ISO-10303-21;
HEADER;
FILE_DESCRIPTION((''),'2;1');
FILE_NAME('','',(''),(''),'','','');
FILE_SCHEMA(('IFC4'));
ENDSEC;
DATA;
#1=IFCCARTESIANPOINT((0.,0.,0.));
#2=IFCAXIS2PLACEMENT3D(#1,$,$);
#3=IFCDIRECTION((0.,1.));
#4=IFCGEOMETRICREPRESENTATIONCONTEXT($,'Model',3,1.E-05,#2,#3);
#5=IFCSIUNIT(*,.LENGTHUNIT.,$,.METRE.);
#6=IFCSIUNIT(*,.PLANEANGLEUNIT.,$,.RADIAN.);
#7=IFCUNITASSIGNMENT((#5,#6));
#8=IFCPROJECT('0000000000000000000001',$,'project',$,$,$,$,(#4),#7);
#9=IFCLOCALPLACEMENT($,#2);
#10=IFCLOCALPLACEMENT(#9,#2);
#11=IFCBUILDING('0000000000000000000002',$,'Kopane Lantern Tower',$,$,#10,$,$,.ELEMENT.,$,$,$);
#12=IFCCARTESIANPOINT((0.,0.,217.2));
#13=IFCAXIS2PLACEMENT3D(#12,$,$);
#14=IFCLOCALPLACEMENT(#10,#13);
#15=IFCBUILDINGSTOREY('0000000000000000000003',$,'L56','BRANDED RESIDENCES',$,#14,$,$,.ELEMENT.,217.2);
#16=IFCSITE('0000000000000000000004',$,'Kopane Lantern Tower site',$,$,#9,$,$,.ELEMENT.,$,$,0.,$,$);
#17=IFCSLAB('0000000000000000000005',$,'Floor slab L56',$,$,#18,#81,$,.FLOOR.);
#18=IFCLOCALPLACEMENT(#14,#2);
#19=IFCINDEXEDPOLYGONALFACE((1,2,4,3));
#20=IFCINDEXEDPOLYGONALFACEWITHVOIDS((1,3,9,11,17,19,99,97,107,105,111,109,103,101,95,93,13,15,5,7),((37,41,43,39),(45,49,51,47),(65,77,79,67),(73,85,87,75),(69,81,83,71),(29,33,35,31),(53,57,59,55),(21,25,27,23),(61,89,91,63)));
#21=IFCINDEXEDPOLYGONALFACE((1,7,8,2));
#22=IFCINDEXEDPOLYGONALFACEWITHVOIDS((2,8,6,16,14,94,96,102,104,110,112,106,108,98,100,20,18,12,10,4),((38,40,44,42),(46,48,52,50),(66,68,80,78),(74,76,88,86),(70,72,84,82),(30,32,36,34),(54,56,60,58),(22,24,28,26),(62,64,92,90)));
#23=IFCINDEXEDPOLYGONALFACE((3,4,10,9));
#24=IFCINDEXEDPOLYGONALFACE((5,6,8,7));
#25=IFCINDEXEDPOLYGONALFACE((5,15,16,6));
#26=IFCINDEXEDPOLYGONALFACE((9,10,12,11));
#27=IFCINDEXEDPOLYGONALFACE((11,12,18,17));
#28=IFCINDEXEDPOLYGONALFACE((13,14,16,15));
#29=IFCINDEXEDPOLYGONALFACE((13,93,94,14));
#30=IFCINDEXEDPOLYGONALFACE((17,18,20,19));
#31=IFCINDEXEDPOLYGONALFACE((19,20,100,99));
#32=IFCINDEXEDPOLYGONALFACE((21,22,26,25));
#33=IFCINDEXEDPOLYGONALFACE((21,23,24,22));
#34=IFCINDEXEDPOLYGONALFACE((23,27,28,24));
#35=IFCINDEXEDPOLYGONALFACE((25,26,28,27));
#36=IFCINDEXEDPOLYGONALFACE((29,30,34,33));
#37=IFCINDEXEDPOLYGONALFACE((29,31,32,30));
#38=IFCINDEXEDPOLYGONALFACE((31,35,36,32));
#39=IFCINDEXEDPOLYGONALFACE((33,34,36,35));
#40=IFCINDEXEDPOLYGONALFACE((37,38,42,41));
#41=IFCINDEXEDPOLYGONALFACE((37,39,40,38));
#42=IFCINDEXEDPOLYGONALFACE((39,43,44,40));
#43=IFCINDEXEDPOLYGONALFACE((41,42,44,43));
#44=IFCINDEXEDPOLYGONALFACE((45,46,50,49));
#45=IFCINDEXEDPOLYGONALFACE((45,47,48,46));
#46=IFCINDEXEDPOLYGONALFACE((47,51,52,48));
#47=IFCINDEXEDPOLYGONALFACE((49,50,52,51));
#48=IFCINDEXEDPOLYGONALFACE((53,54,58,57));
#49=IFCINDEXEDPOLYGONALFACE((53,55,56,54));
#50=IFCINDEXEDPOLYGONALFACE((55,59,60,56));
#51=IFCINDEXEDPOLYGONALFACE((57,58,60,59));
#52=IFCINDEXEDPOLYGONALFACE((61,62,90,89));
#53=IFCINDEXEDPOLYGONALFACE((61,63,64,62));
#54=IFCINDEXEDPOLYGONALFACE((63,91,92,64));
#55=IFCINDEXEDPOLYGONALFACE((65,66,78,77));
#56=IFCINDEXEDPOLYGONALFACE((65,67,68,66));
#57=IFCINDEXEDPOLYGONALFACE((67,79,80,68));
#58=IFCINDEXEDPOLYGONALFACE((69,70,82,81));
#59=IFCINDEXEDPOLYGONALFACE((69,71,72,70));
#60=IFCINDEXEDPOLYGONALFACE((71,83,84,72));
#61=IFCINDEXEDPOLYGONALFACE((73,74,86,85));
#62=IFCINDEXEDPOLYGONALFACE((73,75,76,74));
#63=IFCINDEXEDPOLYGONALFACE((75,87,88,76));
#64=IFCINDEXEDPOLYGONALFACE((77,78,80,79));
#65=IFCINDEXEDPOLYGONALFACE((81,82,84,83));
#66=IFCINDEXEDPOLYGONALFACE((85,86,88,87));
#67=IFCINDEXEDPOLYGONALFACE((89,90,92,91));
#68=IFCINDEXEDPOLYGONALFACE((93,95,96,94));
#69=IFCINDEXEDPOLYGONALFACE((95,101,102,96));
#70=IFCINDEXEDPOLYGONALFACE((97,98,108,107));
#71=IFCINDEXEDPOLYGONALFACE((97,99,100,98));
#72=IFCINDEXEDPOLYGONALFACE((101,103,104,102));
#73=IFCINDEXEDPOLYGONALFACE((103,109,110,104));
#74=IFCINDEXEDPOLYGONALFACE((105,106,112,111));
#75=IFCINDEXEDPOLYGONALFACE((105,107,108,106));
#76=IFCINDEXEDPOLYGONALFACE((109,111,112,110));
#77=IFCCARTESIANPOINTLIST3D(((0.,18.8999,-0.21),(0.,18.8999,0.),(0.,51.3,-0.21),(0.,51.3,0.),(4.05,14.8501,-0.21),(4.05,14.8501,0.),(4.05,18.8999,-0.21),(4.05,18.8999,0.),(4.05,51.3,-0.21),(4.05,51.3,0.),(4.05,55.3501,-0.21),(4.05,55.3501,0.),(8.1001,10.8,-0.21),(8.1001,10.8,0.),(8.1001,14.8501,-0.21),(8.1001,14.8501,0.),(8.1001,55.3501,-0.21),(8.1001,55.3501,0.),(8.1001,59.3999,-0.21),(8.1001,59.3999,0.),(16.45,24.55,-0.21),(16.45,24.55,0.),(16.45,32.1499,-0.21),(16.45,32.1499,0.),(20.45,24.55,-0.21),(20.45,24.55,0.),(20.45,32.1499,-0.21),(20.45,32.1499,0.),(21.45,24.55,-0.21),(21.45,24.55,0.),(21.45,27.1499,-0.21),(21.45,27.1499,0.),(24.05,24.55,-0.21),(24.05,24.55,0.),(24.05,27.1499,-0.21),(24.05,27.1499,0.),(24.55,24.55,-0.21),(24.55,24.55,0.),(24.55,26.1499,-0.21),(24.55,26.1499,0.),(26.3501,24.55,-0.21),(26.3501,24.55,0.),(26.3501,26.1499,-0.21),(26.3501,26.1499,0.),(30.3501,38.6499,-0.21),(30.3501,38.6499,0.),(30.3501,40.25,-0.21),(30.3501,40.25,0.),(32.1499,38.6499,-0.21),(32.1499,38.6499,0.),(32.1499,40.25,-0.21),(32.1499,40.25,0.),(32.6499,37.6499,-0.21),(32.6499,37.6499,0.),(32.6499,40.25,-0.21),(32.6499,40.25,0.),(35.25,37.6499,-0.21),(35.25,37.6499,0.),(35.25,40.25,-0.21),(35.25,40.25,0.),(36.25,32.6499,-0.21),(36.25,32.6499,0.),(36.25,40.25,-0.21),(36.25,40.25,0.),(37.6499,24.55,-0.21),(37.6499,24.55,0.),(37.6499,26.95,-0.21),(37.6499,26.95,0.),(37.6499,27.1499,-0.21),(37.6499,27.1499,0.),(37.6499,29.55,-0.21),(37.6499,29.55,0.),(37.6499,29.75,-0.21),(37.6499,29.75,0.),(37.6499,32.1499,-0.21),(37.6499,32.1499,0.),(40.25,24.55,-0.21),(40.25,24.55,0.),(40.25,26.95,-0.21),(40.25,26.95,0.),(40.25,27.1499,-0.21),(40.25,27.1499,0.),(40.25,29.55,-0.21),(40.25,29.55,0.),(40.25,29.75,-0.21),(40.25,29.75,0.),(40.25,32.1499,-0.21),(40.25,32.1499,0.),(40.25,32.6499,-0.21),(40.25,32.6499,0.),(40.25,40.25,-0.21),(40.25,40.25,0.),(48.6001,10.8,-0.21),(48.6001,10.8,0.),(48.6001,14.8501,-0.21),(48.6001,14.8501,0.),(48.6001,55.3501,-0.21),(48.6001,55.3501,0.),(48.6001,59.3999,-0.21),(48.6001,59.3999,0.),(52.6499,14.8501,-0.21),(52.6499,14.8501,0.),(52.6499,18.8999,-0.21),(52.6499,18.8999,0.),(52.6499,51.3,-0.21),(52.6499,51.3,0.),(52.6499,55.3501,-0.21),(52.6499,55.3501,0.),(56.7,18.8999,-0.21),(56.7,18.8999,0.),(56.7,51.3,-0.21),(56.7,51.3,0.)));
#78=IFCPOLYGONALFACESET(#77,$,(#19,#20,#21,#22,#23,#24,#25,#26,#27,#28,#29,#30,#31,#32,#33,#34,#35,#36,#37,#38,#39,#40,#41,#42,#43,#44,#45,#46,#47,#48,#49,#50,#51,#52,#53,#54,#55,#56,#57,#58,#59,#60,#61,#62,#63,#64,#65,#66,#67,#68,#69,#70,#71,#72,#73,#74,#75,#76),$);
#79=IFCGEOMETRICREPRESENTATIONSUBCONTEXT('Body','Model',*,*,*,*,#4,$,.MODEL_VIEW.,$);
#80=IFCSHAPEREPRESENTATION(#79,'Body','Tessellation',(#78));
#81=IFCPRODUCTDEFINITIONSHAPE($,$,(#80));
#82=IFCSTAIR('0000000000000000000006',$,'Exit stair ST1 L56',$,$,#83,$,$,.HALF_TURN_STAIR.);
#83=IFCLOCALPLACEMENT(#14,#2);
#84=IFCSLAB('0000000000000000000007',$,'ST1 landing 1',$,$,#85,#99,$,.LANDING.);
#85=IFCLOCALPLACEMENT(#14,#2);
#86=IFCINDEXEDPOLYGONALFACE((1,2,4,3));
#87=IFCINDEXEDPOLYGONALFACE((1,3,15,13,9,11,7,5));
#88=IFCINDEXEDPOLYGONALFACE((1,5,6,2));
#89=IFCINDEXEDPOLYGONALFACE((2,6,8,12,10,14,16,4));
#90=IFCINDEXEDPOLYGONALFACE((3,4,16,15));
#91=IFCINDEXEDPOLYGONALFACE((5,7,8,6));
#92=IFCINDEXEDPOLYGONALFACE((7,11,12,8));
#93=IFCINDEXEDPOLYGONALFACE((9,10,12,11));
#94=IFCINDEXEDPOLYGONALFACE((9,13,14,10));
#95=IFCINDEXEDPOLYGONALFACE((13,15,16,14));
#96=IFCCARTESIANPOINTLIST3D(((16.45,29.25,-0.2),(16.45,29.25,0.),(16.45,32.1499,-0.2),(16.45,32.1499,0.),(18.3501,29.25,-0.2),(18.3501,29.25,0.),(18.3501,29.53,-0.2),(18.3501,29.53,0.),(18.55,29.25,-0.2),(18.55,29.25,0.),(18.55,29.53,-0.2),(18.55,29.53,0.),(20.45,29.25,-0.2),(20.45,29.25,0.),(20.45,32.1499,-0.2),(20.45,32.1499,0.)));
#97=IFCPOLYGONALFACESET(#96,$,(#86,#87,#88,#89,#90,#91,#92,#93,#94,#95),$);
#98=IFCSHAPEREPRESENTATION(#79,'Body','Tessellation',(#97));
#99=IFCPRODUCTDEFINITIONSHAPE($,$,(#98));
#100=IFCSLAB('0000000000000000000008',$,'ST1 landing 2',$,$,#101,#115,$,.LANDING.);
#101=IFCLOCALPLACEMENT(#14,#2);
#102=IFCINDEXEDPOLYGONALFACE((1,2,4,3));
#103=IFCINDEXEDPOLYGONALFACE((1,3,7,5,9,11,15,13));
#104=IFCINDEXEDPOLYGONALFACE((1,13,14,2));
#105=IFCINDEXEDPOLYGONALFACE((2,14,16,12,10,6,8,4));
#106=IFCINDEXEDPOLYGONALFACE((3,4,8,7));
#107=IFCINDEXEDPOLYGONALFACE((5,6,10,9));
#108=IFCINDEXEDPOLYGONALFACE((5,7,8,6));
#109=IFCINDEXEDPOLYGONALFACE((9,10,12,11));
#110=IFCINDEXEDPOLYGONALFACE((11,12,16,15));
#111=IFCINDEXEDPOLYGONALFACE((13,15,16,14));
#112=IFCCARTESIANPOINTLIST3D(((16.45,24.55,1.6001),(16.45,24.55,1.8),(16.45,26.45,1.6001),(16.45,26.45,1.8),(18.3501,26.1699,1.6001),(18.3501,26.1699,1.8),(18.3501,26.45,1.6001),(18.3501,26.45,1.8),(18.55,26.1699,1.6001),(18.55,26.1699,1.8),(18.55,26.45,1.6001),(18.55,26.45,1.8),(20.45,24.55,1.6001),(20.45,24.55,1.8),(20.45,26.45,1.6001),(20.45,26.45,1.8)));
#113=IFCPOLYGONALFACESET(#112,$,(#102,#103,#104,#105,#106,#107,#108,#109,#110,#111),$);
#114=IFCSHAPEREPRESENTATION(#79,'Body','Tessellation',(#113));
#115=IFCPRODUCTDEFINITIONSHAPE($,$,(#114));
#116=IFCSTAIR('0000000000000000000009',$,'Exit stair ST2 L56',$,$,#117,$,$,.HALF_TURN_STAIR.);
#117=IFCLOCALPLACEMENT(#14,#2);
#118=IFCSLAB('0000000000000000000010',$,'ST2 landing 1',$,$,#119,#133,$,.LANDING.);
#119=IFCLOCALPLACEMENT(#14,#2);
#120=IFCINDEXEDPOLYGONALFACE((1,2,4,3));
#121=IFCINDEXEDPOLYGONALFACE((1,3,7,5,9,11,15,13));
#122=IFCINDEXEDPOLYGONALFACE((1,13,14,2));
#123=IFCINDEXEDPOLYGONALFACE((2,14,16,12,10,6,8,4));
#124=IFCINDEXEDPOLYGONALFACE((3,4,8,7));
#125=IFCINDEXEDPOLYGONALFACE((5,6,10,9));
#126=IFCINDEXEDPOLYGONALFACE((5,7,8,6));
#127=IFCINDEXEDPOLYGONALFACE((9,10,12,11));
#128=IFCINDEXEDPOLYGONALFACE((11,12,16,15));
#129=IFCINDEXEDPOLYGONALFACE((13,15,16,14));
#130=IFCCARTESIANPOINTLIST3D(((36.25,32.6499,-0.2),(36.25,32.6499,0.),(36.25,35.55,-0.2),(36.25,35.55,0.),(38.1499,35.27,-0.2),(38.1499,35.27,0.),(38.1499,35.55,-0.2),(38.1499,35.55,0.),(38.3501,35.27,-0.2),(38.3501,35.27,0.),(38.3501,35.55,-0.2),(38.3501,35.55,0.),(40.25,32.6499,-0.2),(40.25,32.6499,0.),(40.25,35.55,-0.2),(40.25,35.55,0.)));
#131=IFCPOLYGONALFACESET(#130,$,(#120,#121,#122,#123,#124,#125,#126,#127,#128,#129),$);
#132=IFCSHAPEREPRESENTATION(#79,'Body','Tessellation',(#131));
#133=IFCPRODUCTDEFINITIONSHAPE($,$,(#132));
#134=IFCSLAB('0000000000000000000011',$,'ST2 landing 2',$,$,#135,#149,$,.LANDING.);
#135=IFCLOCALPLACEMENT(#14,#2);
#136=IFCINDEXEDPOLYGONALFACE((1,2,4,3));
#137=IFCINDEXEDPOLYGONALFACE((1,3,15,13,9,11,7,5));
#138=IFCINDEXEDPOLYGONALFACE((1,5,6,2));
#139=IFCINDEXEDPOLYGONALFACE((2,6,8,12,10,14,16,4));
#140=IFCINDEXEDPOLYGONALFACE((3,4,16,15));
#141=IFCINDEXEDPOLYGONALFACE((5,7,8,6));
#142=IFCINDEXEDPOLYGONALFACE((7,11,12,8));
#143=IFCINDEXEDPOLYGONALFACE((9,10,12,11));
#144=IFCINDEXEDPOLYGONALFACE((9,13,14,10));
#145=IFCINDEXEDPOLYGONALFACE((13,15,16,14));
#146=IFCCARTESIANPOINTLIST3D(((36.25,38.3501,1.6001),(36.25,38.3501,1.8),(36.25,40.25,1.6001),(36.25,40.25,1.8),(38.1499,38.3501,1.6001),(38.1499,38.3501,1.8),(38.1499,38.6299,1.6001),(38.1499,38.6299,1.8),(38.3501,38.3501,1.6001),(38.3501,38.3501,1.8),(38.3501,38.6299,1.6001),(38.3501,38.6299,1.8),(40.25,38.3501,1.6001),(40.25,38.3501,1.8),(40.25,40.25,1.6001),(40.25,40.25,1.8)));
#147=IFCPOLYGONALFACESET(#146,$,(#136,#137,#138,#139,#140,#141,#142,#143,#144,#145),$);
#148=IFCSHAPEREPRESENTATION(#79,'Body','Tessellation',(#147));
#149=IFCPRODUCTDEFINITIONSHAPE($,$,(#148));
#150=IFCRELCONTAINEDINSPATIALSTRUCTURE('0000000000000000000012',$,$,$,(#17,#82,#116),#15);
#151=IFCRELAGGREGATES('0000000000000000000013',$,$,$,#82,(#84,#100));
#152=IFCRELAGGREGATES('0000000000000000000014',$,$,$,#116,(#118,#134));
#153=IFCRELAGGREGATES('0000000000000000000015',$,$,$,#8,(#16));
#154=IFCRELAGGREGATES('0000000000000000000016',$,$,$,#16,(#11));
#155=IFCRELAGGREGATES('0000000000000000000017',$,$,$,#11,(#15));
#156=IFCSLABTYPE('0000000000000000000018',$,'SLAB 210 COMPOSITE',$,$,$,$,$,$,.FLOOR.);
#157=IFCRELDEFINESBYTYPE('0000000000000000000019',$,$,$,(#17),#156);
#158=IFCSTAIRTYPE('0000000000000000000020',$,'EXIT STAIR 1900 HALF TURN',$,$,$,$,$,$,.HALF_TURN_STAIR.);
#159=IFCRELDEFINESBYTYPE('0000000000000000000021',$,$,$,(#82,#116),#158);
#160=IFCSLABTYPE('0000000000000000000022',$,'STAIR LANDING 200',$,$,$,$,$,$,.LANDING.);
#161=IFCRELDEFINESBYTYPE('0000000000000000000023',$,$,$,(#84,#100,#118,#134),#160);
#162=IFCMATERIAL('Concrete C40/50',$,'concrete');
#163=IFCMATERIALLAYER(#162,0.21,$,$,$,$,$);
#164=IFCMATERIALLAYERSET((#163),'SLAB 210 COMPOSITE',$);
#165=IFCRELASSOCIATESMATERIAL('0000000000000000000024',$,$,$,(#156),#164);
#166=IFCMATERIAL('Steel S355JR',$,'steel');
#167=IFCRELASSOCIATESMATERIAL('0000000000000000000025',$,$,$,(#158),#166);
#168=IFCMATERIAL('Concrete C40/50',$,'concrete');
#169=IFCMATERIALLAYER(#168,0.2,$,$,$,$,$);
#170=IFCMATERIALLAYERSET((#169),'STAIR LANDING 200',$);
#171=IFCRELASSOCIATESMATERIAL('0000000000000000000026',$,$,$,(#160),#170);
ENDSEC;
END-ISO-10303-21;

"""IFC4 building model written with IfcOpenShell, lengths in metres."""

from ifc_helpers import new_model, si_unit, direction, frame, origin, place, context, subcontext, project, spatial, polyline, outline, extrude, material, layer, layer_set, type_object, element, aggregate, save


model = new_model("IFC4")

# Units and contexts
model_context = context("Model", 3, precision=1e-05, world=origin(), true_north=direction((0.0, 1.0)))
body_context = subcontext(model_context, "Body", "Model", "MODEL_VIEW")
ifc_project = project(units=[si_unit("LENGTHUNIT", "METRE"), si_unit("PLANEANGLEUNIT", "RADIAN")], contexts=[model_context])

# Site, building, storey
site_placement = place(None, origin())
site = spatial("IfcSite", under=ifc_project, at=site_placement, Name="Kopane Lantern Tower site", CompositionType="ELEMENT", RefElevation=0.0)
building_placement = place(site_placement, origin())
building = spatial("IfcBuilding", under=site, at=building_placement, Name="Kopane Lantern Tower", CompositionType="ELEMENT")
storey_placement = place(building_placement, frame((0.0, 0.0, 217.2)))
storey = spatial("IfcBuildingStorey", under=building, at=storey_placement, Name="L56", Description="BRANDED RESIDENCES", CompositionType="ELEMENT", Elevation=217.2)

# Slab
ifc_material_1 = material(Name="Concrete C40/50", Category="concrete")
ifc_layer_1 = layer(ifc_material_1, 0.21)
ifc_layer_set_1 = layer_set([ifc_layer_1], Name="SLAB 210 COMPOSITE")
slab_type_1 = type_object("IfcSlabType", Name="SLAB 210 COMPOSITE", PredefinedType="FLOOR", material=ifc_layer_set_1)
slab_1_placement = place(storey_placement, frame((0.0, 0.0, -0.21)))
element("IfcSlab", 1, at=slab_1_placement, inside=storey, type_object=slab_type_1, Name="Floor slab L56", PredefinedType="FLOOR", context=body_context, shape_type="SweptSolid", body=[
    extrude(outline(polyline([(8.1001, 10.8), (48.6001, 10.8), (48.6001, 14.8501), (52.6499, 14.8501), (52.6499, 18.8999), (56.7, 18.8999), (56.7, 51.3), (52.6499, 51.3), (52.6499, 55.3501), (48.6001, 55.3501), (48.6001, 59.3999), (8.1001, 59.3999), (8.1001, 55.3501), (4.05, 55.3501), (4.05, 51.3), (0.0, 51.3), (0.0, 18.8999), (4.05, 18.8999), (4.05, 14.8501), (8.1001, 14.8501), (8.1001, 10.8)]), holes=[polyline([(16.45, 24.55), (20.45, 24.55), (20.45, 32.1499), (16.45, 32.1499), (16.45, 24.55)]), polyline([(36.25, 32.6499), (40.25, 32.6499), (40.25, 40.25), (36.25, 40.25), (36.25, 32.6499)]), polyline([(37.6499, 24.55), (40.25, 24.55), (40.25, 26.95), (37.6499, 26.95), (37.6499, 24.55)]), polyline([(37.6499, 27.1499), (40.25, 27.1499), (40.25, 29.55), (37.6499, 29.55), (37.6499, 27.1499)]), polyline([(37.6499, 29.75), (40.25, 29.75), (40.25, 32.1499), (37.6499, 32.1499), (37.6499, 29.75)]), polyline([(21.45, 24.55), (24.05, 24.55), (24.05, 27.1499), (21.45, 27.1499), (21.45, 24.55)]), polyline([(32.6499, 37.6499), (35.25, 37.6499), (35.25, 40.25), (32.6499, 40.25), (32.6499, 37.6499)]), polyline([(24.55, 24.55), (26.3501, 24.55), (26.3501, 26.1499), (24.55, 26.1499), (24.55, 24.55)]), polyline([(30.3501, 38.6499), (32.1499, 38.6499), (32.1499, 40.25), (30.3501, 40.25), (30.3501, 38.6499)])]), origin(), (0.0, 0.0, 1.0), 0.21),
])

# Stairs, slabs
ifc_material_2 = material(Name="Steel S355JR", Category="steel")
stair_type = type_object("IfcStairType", Name="EXIT STAIR 1900 HALF TURN", PredefinedType="HALF_TURN_STAIR", material=ifc_material_2)
stair_1_placement = place(storey_placement, origin())
stair_1 = element("IfcStair", 2, at=stair_1_placement, inside=storey, type_object=stair_type, Name="Exit stair ST1 L56", PredefinedType="HALF_TURN_STAIR")
ifc_material_3 = material(Name="Concrete C40/50", Category="concrete")
ifc_layer_2 = layer(ifc_material_3, 0.2)
ifc_layer_set_2 = layer_set([ifc_layer_2], Name="STAIR LANDING 200")
slab_type_2 = type_object("IfcSlabType", Name="STAIR LANDING 200", PredefinedType="LANDING", material=ifc_layer_set_2)
slab_2_placement = place(storey_placement, frame((0.0, 0.0, -0.2)))
slab_2 = element("IfcSlab", 3, at=slab_2_placement, type_object=slab_type_2, Name="ST1 landing 1", PredefinedType="LANDING", context=body_context, shape_type="SweptSolid", body=[
    extrude(outline(polyline([(18.3501, 29.53), (18.55, 29.53), (18.55, 29.25), (20.45, 29.25), (20.45, 32.1499), (16.45, 32.1499), (16.45, 29.25), (18.3501, 29.25), (18.3501, 29.53)])), origin(), (0.0, 0.0, 1.0), 0.2),
])
slab_3_placement = place(storey_placement, frame((0.0, 0.0, 1.6001)))
slab_3 = element("IfcSlab", 4, at=slab_3_placement, type_object=slab_type_2, Name="ST1 landing 2", PredefinedType="LANDING", context=body_context, shape_type="SweptSolid", body=[
    extrude(outline(polyline([(20.45, 26.45), (18.55, 26.45), (18.55, 26.1699), (18.3501, 26.1699), (18.3501, 26.45), (16.45, 26.45), (16.45, 24.55), (20.45, 24.55), (20.45, 26.45)])), origin(), (0.0, 0.0, 1.0), 0.2),
])
aggregate(stair_1, [slab_2, slab_3])
stair_2_placement = place(storey_placement, origin())
stair_2 = element("IfcStair", 5, at=stair_2_placement, inside=storey, type_object=stair_type, Name="Exit stair ST2 L56", PredefinedType="HALF_TURN_STAIR")
slab_4_placement = place(storey_placement, frame((0.0, 0.0, -0.2)))
slab_4 = element("IfcSlab", 6, at=slab_4_placement, type_object=slab_type_2, Name="ST2 landing 1", PredefinedType="LANDING", context=body_context, shape_type="SweptSolid", body=[
    extrude(outline(polyline([(40.25, 35.55), (38.3501, 35.55), (38.3501, 35.27), (38.1499, 35.27), (38.1499, 35.55), (36.25, 35.55), (36.25, 32.6499), (40.25, 32.6499), (40.25, 35.55)])), origin(), (0.0, 0.0, 1.0), 0.2),
])
slab_5_placement = place(storey_placement, frame((0.0, 0.0, 1.6001)))
slab_5 = element("IfcSlab", 7, at=slab_5_placement, type_object=slab_type_2, Name="ST2 landing 2", PredefinedType="LANDING", context=body_context, shape_type="SweptSolid", body=[
    extrude(outline(polyline([(38.1499, 38.6299), (38.3501, 38.6299), (38.3501, 38.3501), (40.25, 38.3501), (40.25, 40.25), (36.25, 40.25), (36.25, 38.3501), (38.1499, 38.3501), (38.1499, 38.6299)])), origin(), (0.0, 0.0, 1.0), 0.2),
])
aggregate(stair_2, [slab_4, slab_5])

save(model, "model.ifc")
